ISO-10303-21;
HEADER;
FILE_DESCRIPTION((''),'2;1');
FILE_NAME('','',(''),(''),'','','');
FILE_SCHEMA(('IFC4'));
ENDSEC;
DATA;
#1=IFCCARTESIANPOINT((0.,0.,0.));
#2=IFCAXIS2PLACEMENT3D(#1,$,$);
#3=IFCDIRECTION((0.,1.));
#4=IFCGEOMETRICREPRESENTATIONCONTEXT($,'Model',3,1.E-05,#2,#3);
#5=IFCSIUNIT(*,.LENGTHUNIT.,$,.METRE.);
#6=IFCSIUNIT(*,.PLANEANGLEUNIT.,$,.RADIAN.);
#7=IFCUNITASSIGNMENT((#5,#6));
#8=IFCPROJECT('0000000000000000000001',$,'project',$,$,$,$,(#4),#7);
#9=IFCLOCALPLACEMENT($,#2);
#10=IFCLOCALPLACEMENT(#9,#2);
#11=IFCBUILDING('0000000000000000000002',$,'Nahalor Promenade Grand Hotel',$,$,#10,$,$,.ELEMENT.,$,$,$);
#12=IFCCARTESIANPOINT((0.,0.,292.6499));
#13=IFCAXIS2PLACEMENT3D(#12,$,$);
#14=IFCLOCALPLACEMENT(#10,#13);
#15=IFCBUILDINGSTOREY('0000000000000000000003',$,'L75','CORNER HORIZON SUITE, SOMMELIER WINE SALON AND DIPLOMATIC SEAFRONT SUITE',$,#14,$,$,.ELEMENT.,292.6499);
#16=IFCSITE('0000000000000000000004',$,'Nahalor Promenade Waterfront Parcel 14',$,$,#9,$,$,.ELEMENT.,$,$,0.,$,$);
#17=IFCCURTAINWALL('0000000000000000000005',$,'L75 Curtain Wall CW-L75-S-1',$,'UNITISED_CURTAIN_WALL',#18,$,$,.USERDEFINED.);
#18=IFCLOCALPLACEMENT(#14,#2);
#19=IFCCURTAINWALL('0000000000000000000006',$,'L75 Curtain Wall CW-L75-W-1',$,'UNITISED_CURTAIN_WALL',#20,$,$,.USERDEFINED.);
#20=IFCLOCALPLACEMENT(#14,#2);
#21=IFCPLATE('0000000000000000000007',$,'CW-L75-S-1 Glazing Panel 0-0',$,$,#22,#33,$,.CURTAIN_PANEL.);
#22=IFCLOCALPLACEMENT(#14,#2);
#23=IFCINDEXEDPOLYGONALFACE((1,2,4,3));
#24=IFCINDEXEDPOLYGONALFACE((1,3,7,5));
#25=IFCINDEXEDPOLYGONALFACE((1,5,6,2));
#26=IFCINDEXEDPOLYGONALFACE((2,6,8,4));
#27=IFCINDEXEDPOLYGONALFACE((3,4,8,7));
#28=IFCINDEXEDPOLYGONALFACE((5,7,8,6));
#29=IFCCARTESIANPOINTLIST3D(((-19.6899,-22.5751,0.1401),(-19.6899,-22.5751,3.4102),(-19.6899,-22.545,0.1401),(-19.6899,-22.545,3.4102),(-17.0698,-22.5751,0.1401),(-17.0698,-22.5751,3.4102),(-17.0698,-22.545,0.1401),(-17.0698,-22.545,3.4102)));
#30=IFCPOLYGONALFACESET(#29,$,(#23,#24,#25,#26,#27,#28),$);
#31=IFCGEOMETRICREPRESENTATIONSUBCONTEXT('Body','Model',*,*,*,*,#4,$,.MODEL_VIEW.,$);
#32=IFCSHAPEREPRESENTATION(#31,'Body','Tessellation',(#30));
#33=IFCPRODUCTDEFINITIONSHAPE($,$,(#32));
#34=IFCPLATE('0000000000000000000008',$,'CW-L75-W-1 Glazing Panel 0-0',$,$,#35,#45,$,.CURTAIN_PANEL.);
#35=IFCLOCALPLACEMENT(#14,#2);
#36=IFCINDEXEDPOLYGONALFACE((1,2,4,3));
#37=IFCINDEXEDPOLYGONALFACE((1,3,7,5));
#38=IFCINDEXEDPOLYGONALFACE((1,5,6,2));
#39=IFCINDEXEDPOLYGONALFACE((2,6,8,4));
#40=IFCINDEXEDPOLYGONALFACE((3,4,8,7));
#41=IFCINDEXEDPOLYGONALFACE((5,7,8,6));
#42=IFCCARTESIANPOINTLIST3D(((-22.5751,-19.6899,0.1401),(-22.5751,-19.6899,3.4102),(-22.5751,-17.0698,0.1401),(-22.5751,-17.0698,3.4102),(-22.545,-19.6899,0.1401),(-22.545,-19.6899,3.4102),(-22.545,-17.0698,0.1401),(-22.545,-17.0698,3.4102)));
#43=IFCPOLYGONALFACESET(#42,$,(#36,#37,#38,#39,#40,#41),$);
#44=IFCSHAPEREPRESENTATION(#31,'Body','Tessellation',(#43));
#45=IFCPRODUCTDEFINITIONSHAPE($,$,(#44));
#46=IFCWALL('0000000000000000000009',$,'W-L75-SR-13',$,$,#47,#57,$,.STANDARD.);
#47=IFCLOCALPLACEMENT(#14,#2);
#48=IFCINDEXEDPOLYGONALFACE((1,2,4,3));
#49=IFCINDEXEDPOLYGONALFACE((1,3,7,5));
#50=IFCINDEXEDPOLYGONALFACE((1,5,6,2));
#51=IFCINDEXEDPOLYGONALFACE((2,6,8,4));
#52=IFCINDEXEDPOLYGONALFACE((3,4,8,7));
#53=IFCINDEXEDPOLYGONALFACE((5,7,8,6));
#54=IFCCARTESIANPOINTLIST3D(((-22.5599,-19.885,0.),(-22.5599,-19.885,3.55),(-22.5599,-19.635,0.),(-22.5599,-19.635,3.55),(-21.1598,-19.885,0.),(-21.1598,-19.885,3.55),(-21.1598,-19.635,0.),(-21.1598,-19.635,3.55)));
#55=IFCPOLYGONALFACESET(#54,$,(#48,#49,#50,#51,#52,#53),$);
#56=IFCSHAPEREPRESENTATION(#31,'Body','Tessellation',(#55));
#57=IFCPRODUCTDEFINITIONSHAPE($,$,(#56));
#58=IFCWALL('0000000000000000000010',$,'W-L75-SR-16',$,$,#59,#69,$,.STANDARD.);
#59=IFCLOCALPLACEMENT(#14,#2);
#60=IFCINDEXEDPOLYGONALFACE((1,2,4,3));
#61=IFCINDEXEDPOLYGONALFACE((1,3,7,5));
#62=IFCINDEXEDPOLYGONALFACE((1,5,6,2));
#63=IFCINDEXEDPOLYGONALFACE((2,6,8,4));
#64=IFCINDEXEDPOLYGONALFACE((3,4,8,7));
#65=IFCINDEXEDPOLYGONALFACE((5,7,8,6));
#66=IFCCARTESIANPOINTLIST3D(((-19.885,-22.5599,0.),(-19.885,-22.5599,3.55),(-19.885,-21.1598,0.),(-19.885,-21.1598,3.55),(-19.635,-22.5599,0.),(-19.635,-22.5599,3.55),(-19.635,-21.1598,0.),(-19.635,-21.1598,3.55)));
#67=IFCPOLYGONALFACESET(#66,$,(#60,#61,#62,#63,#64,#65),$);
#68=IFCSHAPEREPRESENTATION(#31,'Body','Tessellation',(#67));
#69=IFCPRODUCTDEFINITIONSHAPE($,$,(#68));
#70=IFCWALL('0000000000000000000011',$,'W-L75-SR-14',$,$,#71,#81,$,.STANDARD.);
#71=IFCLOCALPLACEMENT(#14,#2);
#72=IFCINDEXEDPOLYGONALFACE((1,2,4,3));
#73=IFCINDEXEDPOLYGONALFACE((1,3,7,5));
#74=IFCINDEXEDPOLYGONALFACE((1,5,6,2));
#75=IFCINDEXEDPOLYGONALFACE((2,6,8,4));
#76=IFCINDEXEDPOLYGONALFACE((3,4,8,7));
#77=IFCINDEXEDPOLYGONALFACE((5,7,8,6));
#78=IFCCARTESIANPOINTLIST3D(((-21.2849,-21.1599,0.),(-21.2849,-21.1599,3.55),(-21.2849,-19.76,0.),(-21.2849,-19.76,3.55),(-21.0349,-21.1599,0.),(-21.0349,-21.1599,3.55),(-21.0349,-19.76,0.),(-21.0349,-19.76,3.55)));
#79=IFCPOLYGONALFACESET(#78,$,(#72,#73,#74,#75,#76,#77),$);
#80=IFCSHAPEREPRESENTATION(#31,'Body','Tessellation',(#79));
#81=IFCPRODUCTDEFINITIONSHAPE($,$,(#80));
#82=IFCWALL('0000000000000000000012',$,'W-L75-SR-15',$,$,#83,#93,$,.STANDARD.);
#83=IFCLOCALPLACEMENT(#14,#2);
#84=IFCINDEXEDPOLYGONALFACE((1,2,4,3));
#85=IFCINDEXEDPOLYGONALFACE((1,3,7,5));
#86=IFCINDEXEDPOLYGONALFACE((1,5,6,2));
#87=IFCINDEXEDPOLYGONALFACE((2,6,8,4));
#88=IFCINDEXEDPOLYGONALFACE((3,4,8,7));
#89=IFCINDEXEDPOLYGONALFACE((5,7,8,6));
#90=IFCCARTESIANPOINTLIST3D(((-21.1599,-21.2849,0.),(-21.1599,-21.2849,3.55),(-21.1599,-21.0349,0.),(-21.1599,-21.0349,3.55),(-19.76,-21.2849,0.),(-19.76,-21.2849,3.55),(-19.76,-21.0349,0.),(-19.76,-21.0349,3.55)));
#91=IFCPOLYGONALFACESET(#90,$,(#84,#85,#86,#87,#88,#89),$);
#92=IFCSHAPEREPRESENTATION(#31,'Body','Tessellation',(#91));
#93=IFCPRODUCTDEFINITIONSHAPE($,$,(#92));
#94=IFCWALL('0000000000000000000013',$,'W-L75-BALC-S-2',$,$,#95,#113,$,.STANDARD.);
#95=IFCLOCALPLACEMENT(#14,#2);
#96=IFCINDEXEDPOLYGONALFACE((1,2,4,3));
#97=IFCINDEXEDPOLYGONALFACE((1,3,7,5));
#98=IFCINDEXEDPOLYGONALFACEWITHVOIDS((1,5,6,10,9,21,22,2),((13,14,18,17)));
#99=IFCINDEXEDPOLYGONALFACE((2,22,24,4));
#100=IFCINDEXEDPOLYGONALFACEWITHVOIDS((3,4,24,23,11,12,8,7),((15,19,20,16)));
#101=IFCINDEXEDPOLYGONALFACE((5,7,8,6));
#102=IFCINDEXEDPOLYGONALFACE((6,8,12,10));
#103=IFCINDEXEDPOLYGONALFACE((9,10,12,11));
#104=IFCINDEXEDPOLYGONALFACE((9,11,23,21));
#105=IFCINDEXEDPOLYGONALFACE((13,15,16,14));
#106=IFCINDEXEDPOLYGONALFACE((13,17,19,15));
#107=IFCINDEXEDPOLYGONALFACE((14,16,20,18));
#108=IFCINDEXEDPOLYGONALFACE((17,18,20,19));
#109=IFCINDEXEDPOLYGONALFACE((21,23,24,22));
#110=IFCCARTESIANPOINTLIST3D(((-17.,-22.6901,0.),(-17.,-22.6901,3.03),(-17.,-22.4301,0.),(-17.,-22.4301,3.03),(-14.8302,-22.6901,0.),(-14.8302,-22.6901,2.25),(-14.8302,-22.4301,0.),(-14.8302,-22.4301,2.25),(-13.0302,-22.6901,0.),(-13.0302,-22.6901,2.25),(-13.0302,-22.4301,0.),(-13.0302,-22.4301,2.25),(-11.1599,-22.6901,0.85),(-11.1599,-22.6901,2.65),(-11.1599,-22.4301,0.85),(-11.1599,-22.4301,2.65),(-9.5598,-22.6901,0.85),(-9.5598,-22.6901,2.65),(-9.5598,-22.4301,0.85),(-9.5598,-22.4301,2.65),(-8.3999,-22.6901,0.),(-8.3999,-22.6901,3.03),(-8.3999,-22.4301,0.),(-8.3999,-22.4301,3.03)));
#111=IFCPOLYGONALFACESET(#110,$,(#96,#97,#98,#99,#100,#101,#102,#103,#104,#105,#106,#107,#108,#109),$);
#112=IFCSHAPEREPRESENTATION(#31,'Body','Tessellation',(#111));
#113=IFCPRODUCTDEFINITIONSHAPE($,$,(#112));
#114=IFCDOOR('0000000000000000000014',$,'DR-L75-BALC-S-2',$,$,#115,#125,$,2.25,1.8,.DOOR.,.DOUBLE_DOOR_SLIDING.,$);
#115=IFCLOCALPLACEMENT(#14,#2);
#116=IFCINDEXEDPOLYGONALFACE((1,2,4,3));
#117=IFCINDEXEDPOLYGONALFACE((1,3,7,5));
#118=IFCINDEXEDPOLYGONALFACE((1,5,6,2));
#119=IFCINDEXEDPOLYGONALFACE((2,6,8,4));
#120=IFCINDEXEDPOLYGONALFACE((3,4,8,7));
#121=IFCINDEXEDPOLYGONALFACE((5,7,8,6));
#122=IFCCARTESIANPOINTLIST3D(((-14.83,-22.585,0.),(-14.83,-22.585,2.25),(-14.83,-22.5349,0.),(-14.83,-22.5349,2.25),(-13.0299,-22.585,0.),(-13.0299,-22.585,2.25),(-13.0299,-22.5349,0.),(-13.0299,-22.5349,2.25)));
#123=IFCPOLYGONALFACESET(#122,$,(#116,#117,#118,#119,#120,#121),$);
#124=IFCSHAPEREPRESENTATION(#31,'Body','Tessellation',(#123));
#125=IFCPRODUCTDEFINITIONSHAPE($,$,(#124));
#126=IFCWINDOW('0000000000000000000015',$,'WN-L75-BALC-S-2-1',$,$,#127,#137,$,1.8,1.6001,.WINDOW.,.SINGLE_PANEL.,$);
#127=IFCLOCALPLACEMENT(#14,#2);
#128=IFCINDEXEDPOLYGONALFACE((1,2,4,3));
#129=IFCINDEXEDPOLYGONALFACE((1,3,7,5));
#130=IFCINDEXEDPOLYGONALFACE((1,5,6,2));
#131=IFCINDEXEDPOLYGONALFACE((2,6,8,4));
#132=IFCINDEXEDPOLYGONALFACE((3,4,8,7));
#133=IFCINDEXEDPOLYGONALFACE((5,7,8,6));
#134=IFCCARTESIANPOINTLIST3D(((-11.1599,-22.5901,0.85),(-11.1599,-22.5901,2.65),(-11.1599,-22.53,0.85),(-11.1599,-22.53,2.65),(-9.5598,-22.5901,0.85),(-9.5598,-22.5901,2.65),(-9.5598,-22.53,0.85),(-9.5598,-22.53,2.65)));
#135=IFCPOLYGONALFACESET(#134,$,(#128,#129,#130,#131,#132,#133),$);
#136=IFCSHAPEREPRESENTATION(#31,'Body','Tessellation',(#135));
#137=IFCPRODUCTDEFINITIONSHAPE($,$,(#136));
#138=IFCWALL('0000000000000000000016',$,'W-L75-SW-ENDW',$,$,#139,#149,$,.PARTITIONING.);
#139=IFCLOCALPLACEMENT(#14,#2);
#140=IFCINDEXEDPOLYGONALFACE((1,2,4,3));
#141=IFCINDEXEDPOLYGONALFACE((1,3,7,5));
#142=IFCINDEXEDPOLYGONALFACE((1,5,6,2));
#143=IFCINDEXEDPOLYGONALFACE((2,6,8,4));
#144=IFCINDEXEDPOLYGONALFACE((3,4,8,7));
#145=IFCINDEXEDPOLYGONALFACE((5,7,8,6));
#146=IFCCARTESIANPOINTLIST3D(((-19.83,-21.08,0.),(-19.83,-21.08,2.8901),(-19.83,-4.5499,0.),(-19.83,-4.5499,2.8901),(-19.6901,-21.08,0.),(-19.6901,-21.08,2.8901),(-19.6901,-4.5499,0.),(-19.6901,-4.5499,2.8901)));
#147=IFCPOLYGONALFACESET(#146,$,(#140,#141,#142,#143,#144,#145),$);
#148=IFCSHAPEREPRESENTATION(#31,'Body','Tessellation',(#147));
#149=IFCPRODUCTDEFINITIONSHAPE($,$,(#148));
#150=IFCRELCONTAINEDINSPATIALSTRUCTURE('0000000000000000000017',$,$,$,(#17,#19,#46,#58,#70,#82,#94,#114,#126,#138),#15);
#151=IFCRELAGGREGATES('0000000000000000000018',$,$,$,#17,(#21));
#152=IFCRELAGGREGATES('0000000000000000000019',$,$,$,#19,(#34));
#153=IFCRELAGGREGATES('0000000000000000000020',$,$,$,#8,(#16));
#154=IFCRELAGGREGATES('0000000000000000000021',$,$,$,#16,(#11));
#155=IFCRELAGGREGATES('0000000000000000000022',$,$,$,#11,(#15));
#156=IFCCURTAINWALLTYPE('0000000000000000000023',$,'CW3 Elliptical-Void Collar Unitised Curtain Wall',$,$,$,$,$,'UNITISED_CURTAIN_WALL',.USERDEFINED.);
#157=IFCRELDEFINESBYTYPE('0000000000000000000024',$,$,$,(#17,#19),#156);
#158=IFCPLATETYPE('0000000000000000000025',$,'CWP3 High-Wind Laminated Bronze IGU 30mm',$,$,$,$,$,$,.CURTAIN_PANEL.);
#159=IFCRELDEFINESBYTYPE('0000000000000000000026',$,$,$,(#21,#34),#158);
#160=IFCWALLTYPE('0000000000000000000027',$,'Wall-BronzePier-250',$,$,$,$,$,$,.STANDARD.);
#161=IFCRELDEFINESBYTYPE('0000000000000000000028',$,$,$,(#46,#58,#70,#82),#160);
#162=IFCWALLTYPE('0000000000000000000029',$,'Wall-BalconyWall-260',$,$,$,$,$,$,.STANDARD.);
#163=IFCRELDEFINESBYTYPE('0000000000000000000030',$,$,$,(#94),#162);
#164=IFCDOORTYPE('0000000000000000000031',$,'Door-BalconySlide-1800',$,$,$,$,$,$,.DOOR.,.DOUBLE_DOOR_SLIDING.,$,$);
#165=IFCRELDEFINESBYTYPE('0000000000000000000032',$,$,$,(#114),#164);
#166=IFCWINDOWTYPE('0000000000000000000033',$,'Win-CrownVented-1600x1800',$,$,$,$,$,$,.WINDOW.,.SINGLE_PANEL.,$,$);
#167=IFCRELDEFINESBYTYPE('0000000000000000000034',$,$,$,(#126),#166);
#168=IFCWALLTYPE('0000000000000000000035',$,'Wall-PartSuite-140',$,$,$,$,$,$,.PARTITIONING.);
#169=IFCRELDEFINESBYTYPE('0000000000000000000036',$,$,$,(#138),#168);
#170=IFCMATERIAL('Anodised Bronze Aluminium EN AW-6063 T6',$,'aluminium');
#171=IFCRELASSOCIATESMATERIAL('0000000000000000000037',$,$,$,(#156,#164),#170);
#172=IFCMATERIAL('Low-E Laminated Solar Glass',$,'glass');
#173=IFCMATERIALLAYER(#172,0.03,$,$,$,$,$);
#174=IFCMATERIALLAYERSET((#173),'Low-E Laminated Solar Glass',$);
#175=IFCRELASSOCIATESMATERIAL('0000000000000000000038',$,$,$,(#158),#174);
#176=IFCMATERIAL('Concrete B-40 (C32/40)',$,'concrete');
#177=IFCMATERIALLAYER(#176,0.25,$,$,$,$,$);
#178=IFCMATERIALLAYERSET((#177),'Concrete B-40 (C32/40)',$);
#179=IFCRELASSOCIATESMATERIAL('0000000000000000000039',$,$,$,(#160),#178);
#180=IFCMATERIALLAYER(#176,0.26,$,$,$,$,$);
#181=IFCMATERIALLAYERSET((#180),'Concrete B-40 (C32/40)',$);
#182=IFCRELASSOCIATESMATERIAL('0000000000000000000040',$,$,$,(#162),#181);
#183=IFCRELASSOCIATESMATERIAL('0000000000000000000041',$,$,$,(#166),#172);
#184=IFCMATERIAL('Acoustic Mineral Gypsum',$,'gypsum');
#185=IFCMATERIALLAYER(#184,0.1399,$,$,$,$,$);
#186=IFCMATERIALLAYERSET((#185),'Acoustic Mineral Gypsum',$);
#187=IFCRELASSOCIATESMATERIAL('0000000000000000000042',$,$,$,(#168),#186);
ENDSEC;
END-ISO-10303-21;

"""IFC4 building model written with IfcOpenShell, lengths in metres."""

from ifc_helpers import new_model, si_unit, direction, frame, frame_2d, origin, origin_2d, place, context, subcontext, project, spatial, rectangle, extrude, source, transform, mapped, material, layer, layer_set, type_object, element, fill, aggregate, save


model = new_model("IFC4")

# Units and contexts
model_context = context("Model", 3, precision=1e-05, world=origin(), true_north=direction((0.0, 1.0)))
body_context = subcontext(model_context, "Body", "Model", "MODEL_VIEW")
ifc_project = project(units=[si_unit("LENGTHUNIT", "METRE"), si_unit("PLANEANGLEUNIT", "RADIAN")], contexts=[model_context])

# Site, building, storey
site_placement = place(None, origin())
site = spatial("IfcSite", under=ifc_project, at=site_placement, Name="Nahalor Promenade Waterfront Parcel 14", CompositionType="ELEMENT", RefElevation=0.0)
building_placement = place(site_placement, origin())
building = spatial("IfcBuilding", under=site, at=building_placement, Name="Nahalor Promenade Grand Hotel", CompositionType="ELEMENT")
storey_placement = place(building_placement, frame((0.0, 0.0, 292.6499)))
storey = spatial("IfcBuildingStorey", under=building, at=storey_placement, Name="L75", Description="CORNER HORIZON SUITE, SOMMELIER WINE SALON AND DIPLOMATIC SEAFRONT SUITE", CompositionType="ELEMENT", Elevation=292.6499)

# Curtain walls
ifc_material_1 = material(Name="Anodised Bronze Aluminium EN AW-6063 T6", Category="aluminium")
curtain_wall_type = type_object("IfcCurtainWallType", Name="CW3 Elliptical-Void Collar Unitised Curtain Wall", ElementType="UNITISED_CURTAIN_WALL", PredefinedType="USERDEFINED", material=ifc_material_1)
curtain_wall_1_placement = place(storey_placement, origin())
curtain_wall_1 = element("IfcCurtainWall", 1, at=curtain_wall_1_placement, inside=storey, type_object=curtain_wall_type, Name="L75 Curtain Wall CW-L75-S-1", ObjectType="UNITISED_CURTAIN_WALL", PredefinedType="USERDEFINED")
curtain_wall_2_placement = place(storey_placement, origin())
curtain_wall_2 = element("IfcCurtainWall", 2, at=curtain_wall_2_placement, inside=storey, type_object=curtain_wall_type, Name="L75 Curtain Wall CW-L75-W-1", ObjectType="UNITISED_CURTAIN_WALL", PredefinedType="USERDEFINED")

# Plates
ifc_material_2 = material(Name="Low-E Laminated Solar Glass", Category="glass")
ifc_layer_1 = layer(ifc_material_2, 0.03)
ifc_layer_set_1 = layer_set([ifc_layer_1], Name="Low-E Laminated Solar Glass")
plate_type = type_object("IfcPlateType", Name="CWP3 High-Wind Laminated Bronze IGU 30mm", PredefinedType="CURTAIN_PANEL", material=ifc_layer_set_1)
shared_shape_1 = source(origin(), body_context, "Body", "SweptSolid", [
    extrude(rectangle(XDim=2.6201, YDim=0.03, at=origin_2d()), origin(), (0.0, 0.0, 1.0), 3.27),
])
plate_1_placement = place(storey_placement, frame((-18.3799, -22.5601, 0.1401), z_axis=(0.0, 0.0, 1.0), x_axis=(1.0, 0.0, 0.0)))
plate_1 = element("IfcPlate", 3, at=plate_1_placement, type_object=plate_type, Name="CW-L75-S-1 Glazing Panel 0-0", PredefinedType="CURTAIN_PANEL", context=body_context, shape_type="MappedRepresentation", body=[
    mapped(shared_shape_1, transform((0.0, 0.0, 0.0), scale=1.0)),
])
aggregate(curtain_wall_1, [plate_1])
plate_2_placement = place(storey_placement, frame((-22.5601, -18.3799, 0.1401), z_axis=(0.0, 0.0, 1.0), x_axis=(0.0, 1.0, 0.0)))
plate_2 = element("IfcPlate", 4, at=plate_2_placement, type_object=plate_type, Name="CW-L75-W-1 Glazing Panel 0-0", PredefinedType="CURTAIN_PANEL", context=body_context, shape_type="MappedRepresentation", body=[
    mapped(shared_shape_1, transform((0.0, 0.0, 0.0), scale=1.0)),
])
aggregate(curtain_wall_2, [plate_2])

# Walls
ifc_material_3 = material(Name="Concrete B-40 (C32/40)", Category="concrete")
ifc_layer_2 = layer(ifc_material_3, 0.25)
ifc_layer_set_2 = layer_set([ifc_layer_2], Name="Concrete B-40 (C32/40)")
wall_type_1 = type_object("IfcWallType", Name="Wall-BronzePier-250", PredefinedType="STANDARD", material=ifc_layer_set_2)
shared_shape_2 = source(origin(), body_context, "Body", "SweptSolid", [
    extrude(rectangle(XDim=1.4001, YDim=0.25, at=frame_2d((0.7002, 0.0))), origin(), (0.0, 0.0, 1.0), 3.55),
])
for number, where, z_axis, x_axis, name in (
    (5, (-22.5601, -19.76, 0.0), (0.0, 0.0, 1.0), (1.0, 0.0, 0.0), "W-L75-SR-13"),
    (6, (-19.76, -22.5601, 0.0), (0.0, 0.0, 1.0), (0.0, 1.0, 0.0), "W-L75-SR-16"),
):
    element("IfcWall", number, at=place(storey_placement, frame(where, z_axis=z_axis, x_axis=x_axis)), inside=storey, type_object=wall_type_1, Name=name, PredefinedType="STANDARD", context=body_context, shape_type="MappedRepresentation", body=[
        mapped(shared_shape_2, transform((0.0, 0.0, 0.0), scale=1.0)),
    ])
shared_shape_3 = source(origin(), body_context, "Body", "SweptSolid", [
    extrude(rectangle(XDim=1.3999, YDim=0.25, at=frame_2d((0.7, 0.0))), origin(), (0.0, 0.0, 1.0), 3.55),
])
for number, where, z_axis, x_axis, name in (
    (7, (-21.1599, -21.1599, 0.0), (0.0, 0.0, 1.0), (0.0, 1.0, 0.0), "W-L75-SR-14"),
    (8, (-21.1599, -21.1599, 0.0), (0.0, 0.0, 1.0), (1.0, 0.0, 0.0), "W-L75-SR-15"),
):
    element("IfcWall", number, at=place(storey_placement, frame(where, z_axis=z_axis, x_axis=x_axis)), inside=storey, type_object=wall_type_1, Name=name, PredefinedType="STANDARD", context=body_context, shape_type="MappedRepresentation", body=[
        mapped(shared_shape_3, transform((0.0, 0.0, 0.0), scale=1.0)),
    ])

# Wall, openings, door, window
ifc_layer_3 = layer(ifc_material_3, 0.26)
ifc_layer_set_3 = layer_set([ifc_layer_3], Name="Concrete B-40 (C32/40)")
wall_type_2 = type_object("IfcWallType", Name="Wall-BalconyWall-260", PredefinedType="STANDARD", material=ifc_layer_set_3)
shared_shape_4 = source(origin(), body_context, "Body", "SweptSolid", [
    extrude(rectangle(XDim=8.6001, YDim=0.26, at=frame_2d((4.3, 0.0))), origin(), (0.0, 0.0, 1.0), 3.03),
])
wall_1_placement = place(storey_placement, frame((-17.0, -22.5601, 0.0), z_axis=(0.0, 0.0, 1.0), x_axis=(1.0, 0.0, 0.0)))
wall_1 = element("IfcWall", 9, at=wall_1_placement, inside=storey, type_object=wall_type_2, Name="W-L75-BALC-S-2", PredefinedType="STANDARD", context=body_context, shape_type="MappedRepresentation", body=[
    mapped(shared_shape_4, transform((0.0, 0.0, 0.0), scale=1.0)),
])
opening_1_placement = place(wall_1_placement, frame((2.1699, 0.0, 0.0)))
opening_1 = element("IfcOpeningElement", 10, at=opening_1_placement, cuts=wall_1, PredefinedType="OPENING", context=body_context, shape_type="SweptSolid", body=[
    extrude(rectangle(XDim=1.8, YDim=2.25, at=frame_2d((0.8999, 1.125))), frame((0.0, 0.1399, 0.0), z_axis=(0.0, -1.0, 0.0), x_axis=(1.0, 0.0, 0.0)), (0.0, 0.0, 1.0), 0.28),
])
opening_2_placement = place(wall_1_placement, frame((5.8401, 0.0, 0.8501)))
opening_2 = element("IfcOpeningElement", 11, at=opening_2_placement, cuts=wall_1, PredefinedType="OPENING", context=body_context, shape_type="SweptSolid", body=[
    extrude(rectangle(XDim=1.6001, YDim=1.8, at=frame_2d((0.8, 0.8999))), frame((0.0, 0.1399, 0.0), z_axis=(0.0, -1.0, 0.0), x_axis=(1.0, 0.0, 0.0)), (0.0, 0.0, 1.0), 0.28),
])
door_type_1 = type_object("IfcDoorType", Name="Door-BalconySlide-1800", OperationType="DOUBLE_DOOR_SLIDING", PredefinedType="DOOR", material=ifc_material_1)
shared_shape_5 = source(origin(), body_context, "Body", "SweptSolid", [
    extrude(rectangle(XDim=1.8, YDim=2.25, at=frame_2d((0.8999, 1.125))), frame((0.0, 0.0249, 0.0), z_axis=(0.0, -1.0, 0.0), x_axis=(1.0, 0.0, 0.0)), (0.0, 0.0, 1.0), 0.05),
])
door_1_placement = place(opening_1_placement, frame((1.8, 0.0, 0.0), z_axis=(0.0, 0.0, 1.0), x_axis=(-1.0, 0.0, 0.0)))
door_1 = element("IfcDoor", 12, at=door_1_placement, inside=storey, type_object=door_type_1, Name="DR-L75-BALC-S-2", OperationType="DOUBLE_DOOR_SLIDING", OverallHeight=2.25, OverallWidth=1.8, PredefinedType="DOOR", context=body_context, shape_type="MappedRepresentation", body=[
    mapped(shared_shape_5, transform((0.0, 0.0, 0.0), scale=1.0)),
])
fill(opening_1, door_1)
window_type = type_object("IfcWindowType", Name="Win-CrownVented-1600x1800", PartitioningType="SINGLE_PANEL", PredefinedType="WINDOW", material=ifc_material_2)
shared_shape_6 = source(origin(), body_context, "Body", "SweptSolid", [
    extrude(rectangle(XDim=1.6001, YDim=1.8, at=frame_2d((0.8, 0.8999))), frame((0.0, 0.03, 0.0), z_axis=(0.0, -1.0, 0.0), x_axis=(1.0, 0.0, 0.0)), (0.0, 0.0, 1.0), 0.0601),
])
window_placement = place(opening_2_placement, origin())
window = element("IfcWindow", 13, at=window_placement, inside=storey, type_object=window_type, Name="WN-L75-BALC-S-2-1", OverallHeight=1.8, OverallWidth=1.6001, PartitioningType="SINGLE_PANEL", PredefinedType="WINDOW", context=body_context, shape_type="MappedRepresentation", body=[
    mapped(shared_shape_6, transform((0.0, 0.0, 0.0), scale=1.0)),
])
fill(opening_2, window)

# Wall
ifc_material_4 = material(Name="Acoustic Mineral Gypsum", Category="gypsum")
ifc_layer_4 = layer(ifc_material_4, 0.1399)
ifc_layer_set_4 = layer_set([ifc_layer_4], Name="Acoustic Mineral Gypsum")
wall_type_3 = type_object("IfcWallType", Name="Wall-PartSuite-140", PredefinedType="PARTITIONING", material=ifc_layer_set_4)
shared_shape_7 = source(origin(), body_context, "Body", "SweptSolid", [
    extrude(rectangle(XDim=16.53, YDim=0.1399, at=frame_2d((8.2651, 0.0))), origin(), (0.0, 0.0, 1.0), 2.8901),
])
wall_2_placement = place(storey_placement, frame((-19.76, -21.0801, 0.0), z_axis=(0.0, 0.0, 1.0), x_axis=(0.0, 1.0, 0.0)))
element("IfcWall", 14, at=wall_2_placement, inside=storey, type_object=wall_type_3, Name="W-L75-SW-ENDW", PredefinedType="PARTITIONING", context=body_context, shape_type="MappedRepresentation", body=[
    mapped(shared_shape_7, transform((0.0, 0.0, 0.0), scale=1.0)),
])

save(model, "model.ifc")
